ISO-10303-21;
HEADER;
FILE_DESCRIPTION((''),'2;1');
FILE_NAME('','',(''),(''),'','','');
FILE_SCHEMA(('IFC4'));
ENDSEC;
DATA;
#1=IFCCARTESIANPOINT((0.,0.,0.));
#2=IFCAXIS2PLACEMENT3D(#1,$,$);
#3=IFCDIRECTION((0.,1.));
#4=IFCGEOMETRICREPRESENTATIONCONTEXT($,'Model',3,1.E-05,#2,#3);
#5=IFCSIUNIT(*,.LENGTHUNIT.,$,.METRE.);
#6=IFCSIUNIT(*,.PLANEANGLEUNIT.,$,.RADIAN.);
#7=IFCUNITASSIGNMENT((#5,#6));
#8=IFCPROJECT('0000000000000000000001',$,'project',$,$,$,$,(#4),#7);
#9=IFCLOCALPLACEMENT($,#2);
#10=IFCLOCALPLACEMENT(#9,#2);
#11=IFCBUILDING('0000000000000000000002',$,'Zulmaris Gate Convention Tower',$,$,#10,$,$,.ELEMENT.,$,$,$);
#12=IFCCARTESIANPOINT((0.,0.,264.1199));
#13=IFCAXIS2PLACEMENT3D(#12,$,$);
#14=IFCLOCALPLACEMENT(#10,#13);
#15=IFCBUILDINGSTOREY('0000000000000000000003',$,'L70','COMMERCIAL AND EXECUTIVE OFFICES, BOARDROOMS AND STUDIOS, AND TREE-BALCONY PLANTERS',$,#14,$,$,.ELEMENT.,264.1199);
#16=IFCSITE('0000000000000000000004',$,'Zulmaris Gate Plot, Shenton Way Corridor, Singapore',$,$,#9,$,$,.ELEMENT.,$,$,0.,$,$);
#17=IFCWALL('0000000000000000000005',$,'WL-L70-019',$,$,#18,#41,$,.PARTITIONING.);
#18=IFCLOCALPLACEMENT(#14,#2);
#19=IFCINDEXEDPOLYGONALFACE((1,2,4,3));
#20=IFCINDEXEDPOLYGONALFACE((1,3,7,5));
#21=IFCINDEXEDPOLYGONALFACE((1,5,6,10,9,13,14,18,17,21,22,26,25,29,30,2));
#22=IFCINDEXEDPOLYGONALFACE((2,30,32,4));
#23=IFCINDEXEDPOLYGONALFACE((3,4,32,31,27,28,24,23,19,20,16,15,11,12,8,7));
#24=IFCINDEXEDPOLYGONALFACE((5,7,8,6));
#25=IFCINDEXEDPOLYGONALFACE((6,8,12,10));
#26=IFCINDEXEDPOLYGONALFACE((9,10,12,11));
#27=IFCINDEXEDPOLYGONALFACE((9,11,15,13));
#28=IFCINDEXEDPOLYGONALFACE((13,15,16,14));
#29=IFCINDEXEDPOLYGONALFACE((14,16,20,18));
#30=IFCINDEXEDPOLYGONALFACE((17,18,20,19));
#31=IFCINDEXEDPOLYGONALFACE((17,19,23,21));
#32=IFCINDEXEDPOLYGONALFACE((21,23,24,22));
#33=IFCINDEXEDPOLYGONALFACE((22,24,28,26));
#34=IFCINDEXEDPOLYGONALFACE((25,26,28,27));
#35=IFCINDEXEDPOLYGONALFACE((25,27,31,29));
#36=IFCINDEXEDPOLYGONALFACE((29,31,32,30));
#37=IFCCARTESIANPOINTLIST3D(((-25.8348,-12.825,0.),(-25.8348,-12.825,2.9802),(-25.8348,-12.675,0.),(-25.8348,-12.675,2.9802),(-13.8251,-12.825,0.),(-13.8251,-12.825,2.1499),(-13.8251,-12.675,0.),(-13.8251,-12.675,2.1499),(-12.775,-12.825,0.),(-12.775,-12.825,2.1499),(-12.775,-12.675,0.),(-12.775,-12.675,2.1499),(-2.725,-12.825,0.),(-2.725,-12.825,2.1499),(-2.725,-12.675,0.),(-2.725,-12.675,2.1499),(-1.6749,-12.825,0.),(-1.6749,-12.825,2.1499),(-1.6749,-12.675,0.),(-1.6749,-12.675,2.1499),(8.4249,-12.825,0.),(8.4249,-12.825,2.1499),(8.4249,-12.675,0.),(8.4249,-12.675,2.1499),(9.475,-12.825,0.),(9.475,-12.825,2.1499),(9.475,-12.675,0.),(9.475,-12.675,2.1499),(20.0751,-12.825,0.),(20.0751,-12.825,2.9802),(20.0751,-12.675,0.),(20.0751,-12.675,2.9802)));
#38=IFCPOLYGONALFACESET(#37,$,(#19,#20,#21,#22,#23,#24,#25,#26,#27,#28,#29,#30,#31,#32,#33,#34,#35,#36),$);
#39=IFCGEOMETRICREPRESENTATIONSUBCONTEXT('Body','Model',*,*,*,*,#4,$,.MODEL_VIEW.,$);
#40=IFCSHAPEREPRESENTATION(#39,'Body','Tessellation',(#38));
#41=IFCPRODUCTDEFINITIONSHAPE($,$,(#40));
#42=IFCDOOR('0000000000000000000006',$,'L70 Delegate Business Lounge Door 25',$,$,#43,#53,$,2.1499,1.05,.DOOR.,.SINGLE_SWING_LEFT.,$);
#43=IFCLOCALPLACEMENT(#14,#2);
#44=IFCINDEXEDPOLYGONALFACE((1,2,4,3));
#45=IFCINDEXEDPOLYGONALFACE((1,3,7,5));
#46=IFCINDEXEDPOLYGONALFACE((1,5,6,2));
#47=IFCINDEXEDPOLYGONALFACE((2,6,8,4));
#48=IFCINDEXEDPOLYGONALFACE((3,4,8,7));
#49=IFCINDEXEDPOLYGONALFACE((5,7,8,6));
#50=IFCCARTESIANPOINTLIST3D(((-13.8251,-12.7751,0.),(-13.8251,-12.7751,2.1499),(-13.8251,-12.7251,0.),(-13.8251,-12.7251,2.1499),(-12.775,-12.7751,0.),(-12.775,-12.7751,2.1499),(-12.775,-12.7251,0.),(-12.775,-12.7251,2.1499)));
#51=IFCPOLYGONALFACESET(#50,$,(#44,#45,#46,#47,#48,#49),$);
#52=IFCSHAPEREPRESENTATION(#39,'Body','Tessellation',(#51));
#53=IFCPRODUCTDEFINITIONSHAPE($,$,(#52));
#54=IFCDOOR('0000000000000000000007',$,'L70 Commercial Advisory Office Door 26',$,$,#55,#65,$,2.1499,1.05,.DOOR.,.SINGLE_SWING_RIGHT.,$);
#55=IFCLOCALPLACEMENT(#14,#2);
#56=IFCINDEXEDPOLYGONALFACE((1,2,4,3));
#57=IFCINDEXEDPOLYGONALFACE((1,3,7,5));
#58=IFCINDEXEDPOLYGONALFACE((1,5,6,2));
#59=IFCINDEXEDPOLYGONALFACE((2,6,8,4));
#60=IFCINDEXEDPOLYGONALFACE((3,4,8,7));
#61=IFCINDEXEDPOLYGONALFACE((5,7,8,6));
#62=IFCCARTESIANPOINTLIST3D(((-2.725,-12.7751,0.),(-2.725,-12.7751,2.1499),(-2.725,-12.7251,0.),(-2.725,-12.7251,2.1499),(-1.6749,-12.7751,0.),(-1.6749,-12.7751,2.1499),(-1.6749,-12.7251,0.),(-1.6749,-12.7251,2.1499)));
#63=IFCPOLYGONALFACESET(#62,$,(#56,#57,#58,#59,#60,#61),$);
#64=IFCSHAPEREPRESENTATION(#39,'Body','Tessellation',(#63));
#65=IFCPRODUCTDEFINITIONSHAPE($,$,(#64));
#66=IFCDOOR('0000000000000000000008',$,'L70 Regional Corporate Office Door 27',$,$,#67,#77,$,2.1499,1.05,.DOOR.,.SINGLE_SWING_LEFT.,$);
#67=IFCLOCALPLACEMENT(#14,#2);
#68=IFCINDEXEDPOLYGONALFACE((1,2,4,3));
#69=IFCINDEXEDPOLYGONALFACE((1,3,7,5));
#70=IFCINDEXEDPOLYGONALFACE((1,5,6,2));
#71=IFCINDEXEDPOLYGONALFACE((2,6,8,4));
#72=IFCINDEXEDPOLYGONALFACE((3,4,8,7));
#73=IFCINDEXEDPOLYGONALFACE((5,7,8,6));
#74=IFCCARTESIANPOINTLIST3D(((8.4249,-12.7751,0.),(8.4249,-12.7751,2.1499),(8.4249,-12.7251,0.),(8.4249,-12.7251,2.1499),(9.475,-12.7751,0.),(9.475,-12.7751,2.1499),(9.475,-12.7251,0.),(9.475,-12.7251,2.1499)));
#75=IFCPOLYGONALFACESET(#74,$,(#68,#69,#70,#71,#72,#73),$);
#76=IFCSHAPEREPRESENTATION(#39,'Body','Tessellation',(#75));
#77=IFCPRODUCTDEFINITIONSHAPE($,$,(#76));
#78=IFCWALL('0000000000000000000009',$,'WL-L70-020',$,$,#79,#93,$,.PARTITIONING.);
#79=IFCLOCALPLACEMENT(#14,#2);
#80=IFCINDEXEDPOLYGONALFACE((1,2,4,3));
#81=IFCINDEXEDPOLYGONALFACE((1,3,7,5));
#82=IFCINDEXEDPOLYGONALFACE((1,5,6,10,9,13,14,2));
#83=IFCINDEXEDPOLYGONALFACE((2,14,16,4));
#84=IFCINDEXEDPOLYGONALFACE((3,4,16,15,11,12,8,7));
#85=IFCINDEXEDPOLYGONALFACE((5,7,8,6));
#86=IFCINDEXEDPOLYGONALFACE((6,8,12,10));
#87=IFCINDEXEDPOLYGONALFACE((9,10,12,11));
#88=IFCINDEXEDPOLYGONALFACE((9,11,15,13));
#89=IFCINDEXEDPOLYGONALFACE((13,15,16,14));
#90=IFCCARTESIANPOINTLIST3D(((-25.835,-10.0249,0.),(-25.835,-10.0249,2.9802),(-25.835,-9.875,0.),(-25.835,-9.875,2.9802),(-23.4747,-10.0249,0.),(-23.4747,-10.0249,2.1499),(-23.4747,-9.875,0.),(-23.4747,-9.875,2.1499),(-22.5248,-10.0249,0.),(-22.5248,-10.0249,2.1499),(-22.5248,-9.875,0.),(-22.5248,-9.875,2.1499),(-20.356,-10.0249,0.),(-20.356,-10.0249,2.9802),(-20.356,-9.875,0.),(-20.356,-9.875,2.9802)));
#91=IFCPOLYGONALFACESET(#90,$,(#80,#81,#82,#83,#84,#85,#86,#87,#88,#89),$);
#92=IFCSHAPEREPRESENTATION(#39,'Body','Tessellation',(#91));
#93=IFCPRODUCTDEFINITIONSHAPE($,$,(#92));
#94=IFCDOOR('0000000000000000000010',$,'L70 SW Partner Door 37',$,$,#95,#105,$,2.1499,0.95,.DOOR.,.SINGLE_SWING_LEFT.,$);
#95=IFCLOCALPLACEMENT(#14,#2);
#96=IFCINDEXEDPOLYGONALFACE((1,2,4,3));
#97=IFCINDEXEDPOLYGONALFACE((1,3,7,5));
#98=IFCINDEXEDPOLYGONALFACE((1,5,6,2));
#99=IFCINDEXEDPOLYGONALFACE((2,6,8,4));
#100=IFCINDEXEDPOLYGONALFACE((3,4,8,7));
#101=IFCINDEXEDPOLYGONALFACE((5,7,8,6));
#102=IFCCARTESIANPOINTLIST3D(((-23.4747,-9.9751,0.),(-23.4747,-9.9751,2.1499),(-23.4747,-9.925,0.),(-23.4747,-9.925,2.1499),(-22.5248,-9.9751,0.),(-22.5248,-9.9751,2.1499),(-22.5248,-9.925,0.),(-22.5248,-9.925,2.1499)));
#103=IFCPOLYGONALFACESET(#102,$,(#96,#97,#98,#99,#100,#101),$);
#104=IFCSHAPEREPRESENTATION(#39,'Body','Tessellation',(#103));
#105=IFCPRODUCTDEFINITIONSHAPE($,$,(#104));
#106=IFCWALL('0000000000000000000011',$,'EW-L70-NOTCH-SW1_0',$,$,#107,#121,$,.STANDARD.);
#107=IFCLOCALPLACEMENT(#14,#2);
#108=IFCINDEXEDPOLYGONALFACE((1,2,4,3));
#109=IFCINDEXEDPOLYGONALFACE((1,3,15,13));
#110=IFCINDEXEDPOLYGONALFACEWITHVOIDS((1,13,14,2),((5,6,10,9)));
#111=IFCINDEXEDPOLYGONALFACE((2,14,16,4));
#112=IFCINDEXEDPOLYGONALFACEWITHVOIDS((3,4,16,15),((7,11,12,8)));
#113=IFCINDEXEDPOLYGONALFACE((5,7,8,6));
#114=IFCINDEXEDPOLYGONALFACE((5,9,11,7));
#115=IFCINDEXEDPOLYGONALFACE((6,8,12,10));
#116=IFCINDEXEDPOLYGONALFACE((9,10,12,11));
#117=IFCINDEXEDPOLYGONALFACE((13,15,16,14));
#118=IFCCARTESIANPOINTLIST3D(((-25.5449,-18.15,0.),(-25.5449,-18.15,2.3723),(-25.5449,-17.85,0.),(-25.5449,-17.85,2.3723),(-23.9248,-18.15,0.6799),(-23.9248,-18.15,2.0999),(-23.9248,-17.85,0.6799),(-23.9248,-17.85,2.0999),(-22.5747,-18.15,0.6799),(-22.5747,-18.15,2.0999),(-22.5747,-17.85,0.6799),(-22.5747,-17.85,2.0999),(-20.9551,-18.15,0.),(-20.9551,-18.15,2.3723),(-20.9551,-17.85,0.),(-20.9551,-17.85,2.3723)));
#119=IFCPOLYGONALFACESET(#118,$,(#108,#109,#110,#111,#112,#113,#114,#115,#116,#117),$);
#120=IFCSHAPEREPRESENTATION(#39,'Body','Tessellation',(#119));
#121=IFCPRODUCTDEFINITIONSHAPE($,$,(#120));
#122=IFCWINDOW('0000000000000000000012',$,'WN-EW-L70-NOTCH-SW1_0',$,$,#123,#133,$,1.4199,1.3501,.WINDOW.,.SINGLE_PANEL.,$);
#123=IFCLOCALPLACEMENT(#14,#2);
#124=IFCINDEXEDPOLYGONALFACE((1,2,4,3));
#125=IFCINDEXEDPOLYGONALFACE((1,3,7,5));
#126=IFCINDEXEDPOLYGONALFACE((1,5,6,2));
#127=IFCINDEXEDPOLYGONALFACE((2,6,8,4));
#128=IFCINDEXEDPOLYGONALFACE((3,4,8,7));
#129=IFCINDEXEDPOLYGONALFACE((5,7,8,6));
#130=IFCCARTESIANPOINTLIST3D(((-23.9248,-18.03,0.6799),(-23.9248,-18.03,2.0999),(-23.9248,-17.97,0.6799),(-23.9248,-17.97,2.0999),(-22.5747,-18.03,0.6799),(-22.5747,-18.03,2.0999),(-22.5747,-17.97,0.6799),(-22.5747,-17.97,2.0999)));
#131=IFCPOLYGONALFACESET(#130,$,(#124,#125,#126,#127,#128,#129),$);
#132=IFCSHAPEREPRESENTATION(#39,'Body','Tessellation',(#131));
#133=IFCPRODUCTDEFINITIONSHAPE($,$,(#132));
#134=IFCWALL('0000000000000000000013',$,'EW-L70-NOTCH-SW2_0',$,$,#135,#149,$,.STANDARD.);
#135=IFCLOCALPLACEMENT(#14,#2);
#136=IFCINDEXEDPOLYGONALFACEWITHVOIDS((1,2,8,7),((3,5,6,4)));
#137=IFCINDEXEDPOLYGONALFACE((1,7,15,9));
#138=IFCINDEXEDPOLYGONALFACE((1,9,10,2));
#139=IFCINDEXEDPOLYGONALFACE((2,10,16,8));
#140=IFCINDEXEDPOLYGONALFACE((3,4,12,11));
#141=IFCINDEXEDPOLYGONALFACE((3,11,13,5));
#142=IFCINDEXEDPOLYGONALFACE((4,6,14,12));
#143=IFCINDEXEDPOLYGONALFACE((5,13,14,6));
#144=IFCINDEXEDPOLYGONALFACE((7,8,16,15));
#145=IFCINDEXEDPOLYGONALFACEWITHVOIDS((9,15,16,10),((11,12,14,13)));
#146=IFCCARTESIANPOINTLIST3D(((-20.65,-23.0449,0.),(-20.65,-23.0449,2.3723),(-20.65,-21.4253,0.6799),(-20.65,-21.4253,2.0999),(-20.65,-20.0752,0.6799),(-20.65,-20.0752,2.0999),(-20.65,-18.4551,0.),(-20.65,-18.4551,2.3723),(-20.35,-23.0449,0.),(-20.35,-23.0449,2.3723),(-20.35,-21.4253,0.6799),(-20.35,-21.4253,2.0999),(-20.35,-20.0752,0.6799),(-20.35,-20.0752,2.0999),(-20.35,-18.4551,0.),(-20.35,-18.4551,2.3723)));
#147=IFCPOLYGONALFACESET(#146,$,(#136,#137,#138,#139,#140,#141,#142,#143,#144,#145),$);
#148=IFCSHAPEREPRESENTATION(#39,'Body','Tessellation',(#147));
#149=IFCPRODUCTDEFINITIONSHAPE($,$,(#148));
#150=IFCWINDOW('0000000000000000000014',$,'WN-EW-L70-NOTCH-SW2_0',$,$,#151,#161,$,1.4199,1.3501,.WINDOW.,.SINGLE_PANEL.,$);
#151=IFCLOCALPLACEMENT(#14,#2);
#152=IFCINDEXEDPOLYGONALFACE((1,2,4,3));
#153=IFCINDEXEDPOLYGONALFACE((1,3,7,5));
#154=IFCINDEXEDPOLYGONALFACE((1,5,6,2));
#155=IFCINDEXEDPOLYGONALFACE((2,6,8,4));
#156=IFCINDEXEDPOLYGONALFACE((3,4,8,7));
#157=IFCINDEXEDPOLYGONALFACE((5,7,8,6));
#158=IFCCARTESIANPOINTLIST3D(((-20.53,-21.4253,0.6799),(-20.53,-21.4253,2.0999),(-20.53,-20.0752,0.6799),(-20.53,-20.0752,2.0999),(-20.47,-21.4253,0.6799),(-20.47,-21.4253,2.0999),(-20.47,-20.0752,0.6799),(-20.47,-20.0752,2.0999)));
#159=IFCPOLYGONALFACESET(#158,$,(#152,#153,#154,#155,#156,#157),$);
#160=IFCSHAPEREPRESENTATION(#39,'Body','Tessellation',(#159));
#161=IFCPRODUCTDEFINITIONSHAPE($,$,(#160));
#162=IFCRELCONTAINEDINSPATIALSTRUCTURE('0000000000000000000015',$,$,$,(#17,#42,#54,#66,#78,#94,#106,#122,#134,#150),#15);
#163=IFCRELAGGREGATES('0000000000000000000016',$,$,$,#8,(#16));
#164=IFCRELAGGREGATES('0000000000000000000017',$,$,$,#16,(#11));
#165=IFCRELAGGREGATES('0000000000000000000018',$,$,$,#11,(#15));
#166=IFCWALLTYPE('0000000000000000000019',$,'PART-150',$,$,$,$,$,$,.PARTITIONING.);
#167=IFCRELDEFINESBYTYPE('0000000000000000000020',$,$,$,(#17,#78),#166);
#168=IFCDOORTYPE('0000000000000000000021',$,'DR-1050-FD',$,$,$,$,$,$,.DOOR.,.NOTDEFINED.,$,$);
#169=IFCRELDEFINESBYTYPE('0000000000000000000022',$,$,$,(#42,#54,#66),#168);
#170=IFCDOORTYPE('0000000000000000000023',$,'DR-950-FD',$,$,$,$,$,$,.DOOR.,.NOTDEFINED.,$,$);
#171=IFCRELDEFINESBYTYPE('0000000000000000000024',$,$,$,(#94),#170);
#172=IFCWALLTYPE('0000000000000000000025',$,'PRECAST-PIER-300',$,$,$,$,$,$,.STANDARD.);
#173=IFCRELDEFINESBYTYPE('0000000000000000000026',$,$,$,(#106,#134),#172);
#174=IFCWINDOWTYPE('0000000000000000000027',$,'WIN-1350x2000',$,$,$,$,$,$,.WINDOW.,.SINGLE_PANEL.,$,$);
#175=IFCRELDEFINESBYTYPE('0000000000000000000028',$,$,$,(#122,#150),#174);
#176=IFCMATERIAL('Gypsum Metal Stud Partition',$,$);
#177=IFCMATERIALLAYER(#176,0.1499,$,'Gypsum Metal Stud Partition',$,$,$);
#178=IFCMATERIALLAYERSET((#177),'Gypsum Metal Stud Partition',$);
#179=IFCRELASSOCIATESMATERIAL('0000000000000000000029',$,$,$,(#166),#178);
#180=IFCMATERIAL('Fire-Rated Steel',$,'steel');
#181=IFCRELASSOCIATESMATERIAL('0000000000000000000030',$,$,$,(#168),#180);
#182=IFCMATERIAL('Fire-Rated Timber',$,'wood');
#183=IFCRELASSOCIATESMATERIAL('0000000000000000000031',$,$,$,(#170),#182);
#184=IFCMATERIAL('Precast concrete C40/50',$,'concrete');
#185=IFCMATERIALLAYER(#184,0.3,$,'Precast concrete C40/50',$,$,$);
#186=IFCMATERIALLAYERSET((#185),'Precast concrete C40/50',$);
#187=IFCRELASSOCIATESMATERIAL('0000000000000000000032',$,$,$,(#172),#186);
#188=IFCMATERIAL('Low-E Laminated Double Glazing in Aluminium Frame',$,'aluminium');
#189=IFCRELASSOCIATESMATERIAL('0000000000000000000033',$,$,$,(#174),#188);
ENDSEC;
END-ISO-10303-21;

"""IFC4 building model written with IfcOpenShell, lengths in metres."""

from ifc_helpers import new_model, si_unit, direction, frame, frame_2d, origin, place, context, subcontext, project, spatial, rectangle, extrude, material, layer, layer_set, type_object, element, fill, save


model = new_model("IFC4")

# Units and contexts
model_context = context("Model", 3, precision=1e-05, world=origin(), true_north=direction((0.0, 1.0)))
body_context = subcontext(model_context, "Body", "Model", "MODEL_VIEW")
ifc_project = project(units=[si_unit("LENGTHUNIT", "METRE"), si_unit("PLANEANGLEUNIT", "RADIAN")], contexts=[model_context])

# Site, building, storey
site_placement = place(None, origin())
site = spatial("IfcSite", under=ifc_project, at=site_placement, Name="Zulmaris Gate Plot, Shenton Way Corridor, Singapore", CompositionType="ELEMENT", RefElevation=0.0)
building_placement = place(site_placement, origin())
building = spatial("IfcBuilding", under=site, at=building_placement, Name="Zulmaris Gate Convention Tower", CompositionType="ELEMENT")
storey_placement = place(building_placement, frame((0.0, 0.0, 264.1199)))
storey = spatial("IfcBuildingStorey", under=building, at=storey_placement, Name="L70", Description="COMMERCIAL AND EXECUTIVE OFFICES, BOARDROOMS AND STUDIOS, AND TREE-BALCONY PLANTERS", CompositionType="ELEMENT", Elevation=264.1199)

# Wall, openings, doors
ifc_material_1 = material(Name="Gypsum Metal Stud Partition")
ifc_layer_1 = layer(ifc_material_1, 0.1499, Name="Gypsum Metal Stud Partition")
ifc_layer_set_1 = layer_set([ifc_layer_1], Name="Gypsum Metal Stud Partition")
wall_type_1 = type_object("IfcWallType", Name="PART-150", PredefinedType="PARTITIONING", material=ifc_layer_set_1)
wall_1_placement = place(storey_placement, frame((-25.835, -12.75, 0.0), z_axis=(0.0, 0.0, 1.0), x_axis=(1.0, 0.0, 0.0)))
wall_1 = element("IfcWall", 1, at=wall_1_placement, inside=storey, type_object=wall_type_1, Name="WL-L70-019", PredefinedType="PARTITIONING", context=body_context, shape_type="SweptSolid", body=[
    extrude(rectangle(XDim=45.9099, YDim=0.1499, at=frame_2d((22.9551, 0.0))), origin(), (0.0, 0.0, 1.0), 2.9802),
])
opening_1_placement = place(wall_1_placement, frame((12.01, 0.0, 0.0)))
opening_1 = element("IfcOpeningElement", 2, at=opening_1_placement, cuts=wall_1, PredefinedType="OPENING", context=body_context, shape_type="SweptSolid", body=[
    extrude(rectangle(XDim=1.05, YDim=2.1499, at=frame_2d((0.5249, 1.075))), frame((0.0, 0.085, 0.0), z_axis=(0.0, -1.0, 0.0), x_axis=(1.0, 0.0, 0.0)), (0.0, 0.0, 1.0), 0.1699),
])
opening_2_placement = place(wall_1_placement, frame((23.1101, 0.0, 0.0)))
opening_2 = element("IfcOpeningElement", 3, at=opening_2_placement, cuts=wall_1, PredefinedType="OPENING", context=body_context, shape_type="SweptSolid", body=[
    extrude(rectangle(XDim=1.05, YDim=2.1499, at=frame_2d((0.5249, 1.075))), frame((0.0, 0.085, 0.0), z_axis=(0.0, -1.0, 0.0), x_axis=(1.0, 0.0, 0.0)), (0.0, 0.0, 1.0), 0.1699),
])
opening_3_placement = place(wall_1_placement, frame((34.26, 0.0, 0.0)))
opening_3 = element("IfcOpeningElement", 4, at=opening_3_placement, cuts=wall_1, PredefinedType="OPENING", context=body_context, shape_type="SweptSolid", body=[
    extrude(rectangle(XDim=1.05, YDim=2.1499, at=frame_2d((0.5249, 1.075))), frame((0.0, 0.085, 0.0), z_axis=(0.0, -1.0, 0.0), x_axis=(1.0, 0.0, 0.0)), (0.0, 0.0, 1.0), 0.1699),
])
ifc_material_2 = material(Name="Fire-Rated Steel", Category="steel")
door_type_1 = type_object("IfcDoorType", Name="DR-1050-FD", OperationType="NOTDEFINED", PredefinedType="DOOR", material=ifc_material_2)
door_1_placement = place(opening_1_placement, origin())
door_1 = element("IfcDoor", 5, at=door_1_placement, inside=storey, type_object=door_type_1, Name="L70 Delegate Business Lounge Door 25", OperationType="SINGLE_SWING_LEFT", OverallHeight=2.1499, OverallWidth=1.05, PredefinedType="DOOR", context=body_context, shape_type="SweptSolid", body=[
    extrude(rectangle(XDim=1.05, YDim=2.1499, at=frame_2d((0.5249, 1.075))), frame((0.0, 0.0249, 0.0), z_axis=(0.0, -1.0, 0.0), x_axis=(1.0, 0.0, 0.0)), (0.0, 0.0, 1.0), 0.05),
])
fill(opening_1, door_1)
door_2_placement = place(opening_2_placement, origin())
door_2 = element("IfcDoor", 6, at=door_2_placement, inside=storey, type_object=door_type_1, Name="L70 Commercial Advisory Office Door 26", OperationType="SINGLE_SWING_RIGHT", OverallHeight=2.1499, OverallWidth=1.05, PredefinedType="DOOR", context=body_context, shape_type="SweptSolid", body=[
    extrude(rectangle(XDim=1.05, YDim=2.1499, at=frame_2d((0.5249, 1.075))), frame((0.0, 0.0249, 0.0), z_axis=(0.0, -1.0, 0.0), x_axis=(1.0, 0.0, 0.0)), (0.0, 0.0, 1.0), 0.05),
])
fill(opening_2, door_2)
door_3_placement = place(opening_3_placement, origin())
door_3 = element("IfcDoor", 7, at=door_3_placement, inside=storey, type_object=door_type_1, Name="L70 Regional Corporate Office Door 27", OperationType="SINGLE_SWING_LEFT", OverallHeight=2.1499, OverallWidth=1.05, PredefinedType="DOOR", context=body_context, shape_type="SweptSolid", body=[
    extrude(rectangle(XDim=1.05, YDim=2.1499, at=frame_2d((0.5249, 1.075))), frame((0.0, 0.0249, 0.0), z_axis=(0.0, -1.0, 0.0), x_axis=(1.0, 0.0, 0.0)), (0.0, 0.0, 1.0), 0.05),
])
fill(opening_3, door_3)

# Wall, opening, door
wall_2_placement = place(storey_placement, frame((-25.835, -9.95, 0.0), z_axis=(0.0, 0.0, 1.0), x_axis=(1.0, 0.0, 0.0)))
wall_2 = element("IfcWall", 8, at=wall_2_placement, inside=storey, type_object=wall_type_1, Name="WL-L70-020", PredefinedType="PARTITIONING", context=body_context, shape_type="SweptSolid", body=[
    extrude(rectangle(XDim=5.479, YDim=0.1499, at=frame_2d((2.7395, 0.0))), origin(), (0.0, 0.0, 1.0), 2.9802),
])
opening_4_placement = place(wall_2_placement, frame((2.3601, 0.0, 0.0)))
opening_4 = element("IfcOpeningElement", 9, at=opening_4_placement, cuts=wall_2, PredefinedType="OPENING", context=body_context, shape_type="SweptSolid", body=[
    extrude(rectangle(XDim=0.95, YDim=2.1499, at=frame_2d((0.4751, 1.075))), frame((0.0, 0.085, 0.0), z_axis=(0.0, -1.0, 0.0), x_axis=(1.0, 0.0, 0.0)), (0.0, 0.0, 1.0), 0.1699),
])
ifc_material_3 = material(Name="Fire-Rated Timber", Category="wood")
door_type_2 = type_object("IfcDoorType", Name="DR-950-FD", OperationType="NOTDEFINED", PredefinedType="DOOR", material=ifc_material_3)
door_4_placement = place(opening_4_placement, origin())
door_4 = element("IfcDoor", 10, at=door_4_placement, inside=storey, type_object=door_type_2, Name="L70 SW Partner Door 37", OperationType="SINGLE_SWING_LEFT", OverallHeight=2.1499, OverallWidth=0.95, PredefinedType="DOOR", context=body_context, shape_type="SweptSolid", body=[
    extrude(rectangle(XDim=0.95, YDim=2.1499, at=frame_2d((0.4751, 1.075))), frame((0.0, 0.0249, 0.0), z_axis=(0.0, -1.0, 0.0), x_axis=(1.0, 0.0, 0.0)), (0.0, 0.0, 1.0), 0.05),
])
fill(opening_4, door_4)

# Walls, openings, windows
ifc_material_4 = material(Name="Precast concrete C40/50", Category="concrete")
ifc_layer_2 = layer(ifc_material_4, 0.3, Name="Precast concrete C40/50")
ifc_layer_set_2 = layer_set([ifc_layer_2], Name="Precast concrete C40/50")
wall_type_2 = type_object("IfcWallType", Name="PRECAST-PIER-300", PredefinedType="STANDARD", material=ifc_layer_set_2)
wall_3_placement = place(storey_placement, frame((-25.5449, -18.0, 0.0), z_axis=(0.0, 0.0, 1.0), x_axis=(1.0, 0.0, 0.0)))
wall_3 = element("IfcWall", 11, at=wall_3_placement, inside=storey, type_object=wall_type_2, Name="EW-L70-NOTCH-SW1_0", PredefinedType="STANDARD", context=body_context, shape_type="SweptSolid", body=[
    extrude(rectangle(XDim=4.5898, YDim=0.3, at=frame_2d((2.2949, 0.0))), origin(), (0.0, 0.0, 1.0), 2.3723),
])
opening_5_placement = place(wall_3_placement, frame((1.6201, 0.0, 0.6799)))
opening_5 = element("IfcOpeningElement", 12, at=opening_5_placement, cuts=wall_3, PredefinedType="OPENING", context=body_context, shape_type="SweptSolid", body=[
    extrude(rectangle(XDim=1.3501, YDim=1.4199, at=frame_2d((0.675, 0.71))), frame((0.0, 0.1602, 0.0), z_axis=(0.0, -1.0, 0.0), x_axis=(1.0, 0.0, 0.0)), (0.0, 0.0, 1.0), 0.3201),
])
ifc_material_5 = material(Name="Low-E Laminated Double Glazing in Aluminium Frame", Category="aluminium")
window_type = type_object("IfcWindowType", Name="WIN-1350x2000", PartitioningType="SINGLE_PANEL", PredefinedType="WINDOW", material=ifc_material_5)
window_1_placement = place(opening_5_placement, origin())
window_1 = element("IfcWindow", 13, at=window_1_placement, inside=storey, type_object=window_type, Name="WN-EW-L70-NOTCH-SW1_0", OverallHeight=1.4199, OverallWidth=1.3501, PartitioningType="SINGLE_PANEL", PredefinedType="WINDOW", context=body_context, shape_type="SweptSolid", body=[
    extrude(rectangle(XDim=1.3501, YDim=1.4199, at=frame_2d((0.675, 0.71))), frame((0.0, 0.03, 0.0), z_axis=(0.0, -1.0, 0.0), x_axis=(1.0, 0.0, 0.0)), (0.0, 0.0, 1.0), 0.0601),
])
fill(opening_5, window_1)
wall_4_placement = place(storey_placement, frame((-20.5, -18.4551, 0.0), z_axis=(0.0, 0.0, 1.0), x_axis=(0.0, -1.0, 0.0)))
wall_4 = element("IfcWall", 14, at=wall_4_placement, inside=storey, type_object=wall_type_2, Name="EW-L70-NOTCH-SW2_0", PredefinedType="STANDARD", context=body_context, shape_type="SweptSolid", body=[
    extrude(rectangle(XDim=4.5898, YDim=0.3, at=frame_2d((2.2949, 0.0))), origin(), (0.0, 0.0, 1.0), 2.3723),
])
opening_6_placement = place(wall_4_placement, frame((1.6201, 0.0, 0.6799)))
opening_6 = element("IfcOpeningElement", 15, at=opening_6_placement, cuts=wall_4, PredefinedType="OPENING", context=body_context, shape_type="SweptSolid", body=[
    extrude(rectangle(XDim=1.3501, YDim=1.4199, at=frame_2d((0.675, 0.71))), frame((0.0, 0.1602, 0.0), z_axis=(0.0, -1.0, 0.0), x_axis=(1.0, 0.0, 0.0)), (0.0, 0.0, 1.0), 0.3201),
])
window_2_placement = place(opening_6_placement, origin())
window_2 = element("IfcWindow", 16, at=window_2_placement, inside=storey, type_object=window_type, Name="WN-EW-L70-NOTCH-SW2_0", OverallHeight=1.4199, OverallWidth=1.3501, PartitioningType="SINGLE_PANEL", PredefinedType="WINDOW", context=body_context, shape_type="SweptSolid", body=[
    extrude(rectangle(XDim=1.3501, YDim=1.4199, at=frame_2d((0.675, 0.71))), frame((0.0, 0.03, 0.0), z_axis=(0.0, -1.0, 0.0), x_axis=(1.0, 0.0, 0.0)), (0.0, 0.0, 1.0), 0.0601),
])
fill(opening_6, window_2)

save(model, "model.ifc")
